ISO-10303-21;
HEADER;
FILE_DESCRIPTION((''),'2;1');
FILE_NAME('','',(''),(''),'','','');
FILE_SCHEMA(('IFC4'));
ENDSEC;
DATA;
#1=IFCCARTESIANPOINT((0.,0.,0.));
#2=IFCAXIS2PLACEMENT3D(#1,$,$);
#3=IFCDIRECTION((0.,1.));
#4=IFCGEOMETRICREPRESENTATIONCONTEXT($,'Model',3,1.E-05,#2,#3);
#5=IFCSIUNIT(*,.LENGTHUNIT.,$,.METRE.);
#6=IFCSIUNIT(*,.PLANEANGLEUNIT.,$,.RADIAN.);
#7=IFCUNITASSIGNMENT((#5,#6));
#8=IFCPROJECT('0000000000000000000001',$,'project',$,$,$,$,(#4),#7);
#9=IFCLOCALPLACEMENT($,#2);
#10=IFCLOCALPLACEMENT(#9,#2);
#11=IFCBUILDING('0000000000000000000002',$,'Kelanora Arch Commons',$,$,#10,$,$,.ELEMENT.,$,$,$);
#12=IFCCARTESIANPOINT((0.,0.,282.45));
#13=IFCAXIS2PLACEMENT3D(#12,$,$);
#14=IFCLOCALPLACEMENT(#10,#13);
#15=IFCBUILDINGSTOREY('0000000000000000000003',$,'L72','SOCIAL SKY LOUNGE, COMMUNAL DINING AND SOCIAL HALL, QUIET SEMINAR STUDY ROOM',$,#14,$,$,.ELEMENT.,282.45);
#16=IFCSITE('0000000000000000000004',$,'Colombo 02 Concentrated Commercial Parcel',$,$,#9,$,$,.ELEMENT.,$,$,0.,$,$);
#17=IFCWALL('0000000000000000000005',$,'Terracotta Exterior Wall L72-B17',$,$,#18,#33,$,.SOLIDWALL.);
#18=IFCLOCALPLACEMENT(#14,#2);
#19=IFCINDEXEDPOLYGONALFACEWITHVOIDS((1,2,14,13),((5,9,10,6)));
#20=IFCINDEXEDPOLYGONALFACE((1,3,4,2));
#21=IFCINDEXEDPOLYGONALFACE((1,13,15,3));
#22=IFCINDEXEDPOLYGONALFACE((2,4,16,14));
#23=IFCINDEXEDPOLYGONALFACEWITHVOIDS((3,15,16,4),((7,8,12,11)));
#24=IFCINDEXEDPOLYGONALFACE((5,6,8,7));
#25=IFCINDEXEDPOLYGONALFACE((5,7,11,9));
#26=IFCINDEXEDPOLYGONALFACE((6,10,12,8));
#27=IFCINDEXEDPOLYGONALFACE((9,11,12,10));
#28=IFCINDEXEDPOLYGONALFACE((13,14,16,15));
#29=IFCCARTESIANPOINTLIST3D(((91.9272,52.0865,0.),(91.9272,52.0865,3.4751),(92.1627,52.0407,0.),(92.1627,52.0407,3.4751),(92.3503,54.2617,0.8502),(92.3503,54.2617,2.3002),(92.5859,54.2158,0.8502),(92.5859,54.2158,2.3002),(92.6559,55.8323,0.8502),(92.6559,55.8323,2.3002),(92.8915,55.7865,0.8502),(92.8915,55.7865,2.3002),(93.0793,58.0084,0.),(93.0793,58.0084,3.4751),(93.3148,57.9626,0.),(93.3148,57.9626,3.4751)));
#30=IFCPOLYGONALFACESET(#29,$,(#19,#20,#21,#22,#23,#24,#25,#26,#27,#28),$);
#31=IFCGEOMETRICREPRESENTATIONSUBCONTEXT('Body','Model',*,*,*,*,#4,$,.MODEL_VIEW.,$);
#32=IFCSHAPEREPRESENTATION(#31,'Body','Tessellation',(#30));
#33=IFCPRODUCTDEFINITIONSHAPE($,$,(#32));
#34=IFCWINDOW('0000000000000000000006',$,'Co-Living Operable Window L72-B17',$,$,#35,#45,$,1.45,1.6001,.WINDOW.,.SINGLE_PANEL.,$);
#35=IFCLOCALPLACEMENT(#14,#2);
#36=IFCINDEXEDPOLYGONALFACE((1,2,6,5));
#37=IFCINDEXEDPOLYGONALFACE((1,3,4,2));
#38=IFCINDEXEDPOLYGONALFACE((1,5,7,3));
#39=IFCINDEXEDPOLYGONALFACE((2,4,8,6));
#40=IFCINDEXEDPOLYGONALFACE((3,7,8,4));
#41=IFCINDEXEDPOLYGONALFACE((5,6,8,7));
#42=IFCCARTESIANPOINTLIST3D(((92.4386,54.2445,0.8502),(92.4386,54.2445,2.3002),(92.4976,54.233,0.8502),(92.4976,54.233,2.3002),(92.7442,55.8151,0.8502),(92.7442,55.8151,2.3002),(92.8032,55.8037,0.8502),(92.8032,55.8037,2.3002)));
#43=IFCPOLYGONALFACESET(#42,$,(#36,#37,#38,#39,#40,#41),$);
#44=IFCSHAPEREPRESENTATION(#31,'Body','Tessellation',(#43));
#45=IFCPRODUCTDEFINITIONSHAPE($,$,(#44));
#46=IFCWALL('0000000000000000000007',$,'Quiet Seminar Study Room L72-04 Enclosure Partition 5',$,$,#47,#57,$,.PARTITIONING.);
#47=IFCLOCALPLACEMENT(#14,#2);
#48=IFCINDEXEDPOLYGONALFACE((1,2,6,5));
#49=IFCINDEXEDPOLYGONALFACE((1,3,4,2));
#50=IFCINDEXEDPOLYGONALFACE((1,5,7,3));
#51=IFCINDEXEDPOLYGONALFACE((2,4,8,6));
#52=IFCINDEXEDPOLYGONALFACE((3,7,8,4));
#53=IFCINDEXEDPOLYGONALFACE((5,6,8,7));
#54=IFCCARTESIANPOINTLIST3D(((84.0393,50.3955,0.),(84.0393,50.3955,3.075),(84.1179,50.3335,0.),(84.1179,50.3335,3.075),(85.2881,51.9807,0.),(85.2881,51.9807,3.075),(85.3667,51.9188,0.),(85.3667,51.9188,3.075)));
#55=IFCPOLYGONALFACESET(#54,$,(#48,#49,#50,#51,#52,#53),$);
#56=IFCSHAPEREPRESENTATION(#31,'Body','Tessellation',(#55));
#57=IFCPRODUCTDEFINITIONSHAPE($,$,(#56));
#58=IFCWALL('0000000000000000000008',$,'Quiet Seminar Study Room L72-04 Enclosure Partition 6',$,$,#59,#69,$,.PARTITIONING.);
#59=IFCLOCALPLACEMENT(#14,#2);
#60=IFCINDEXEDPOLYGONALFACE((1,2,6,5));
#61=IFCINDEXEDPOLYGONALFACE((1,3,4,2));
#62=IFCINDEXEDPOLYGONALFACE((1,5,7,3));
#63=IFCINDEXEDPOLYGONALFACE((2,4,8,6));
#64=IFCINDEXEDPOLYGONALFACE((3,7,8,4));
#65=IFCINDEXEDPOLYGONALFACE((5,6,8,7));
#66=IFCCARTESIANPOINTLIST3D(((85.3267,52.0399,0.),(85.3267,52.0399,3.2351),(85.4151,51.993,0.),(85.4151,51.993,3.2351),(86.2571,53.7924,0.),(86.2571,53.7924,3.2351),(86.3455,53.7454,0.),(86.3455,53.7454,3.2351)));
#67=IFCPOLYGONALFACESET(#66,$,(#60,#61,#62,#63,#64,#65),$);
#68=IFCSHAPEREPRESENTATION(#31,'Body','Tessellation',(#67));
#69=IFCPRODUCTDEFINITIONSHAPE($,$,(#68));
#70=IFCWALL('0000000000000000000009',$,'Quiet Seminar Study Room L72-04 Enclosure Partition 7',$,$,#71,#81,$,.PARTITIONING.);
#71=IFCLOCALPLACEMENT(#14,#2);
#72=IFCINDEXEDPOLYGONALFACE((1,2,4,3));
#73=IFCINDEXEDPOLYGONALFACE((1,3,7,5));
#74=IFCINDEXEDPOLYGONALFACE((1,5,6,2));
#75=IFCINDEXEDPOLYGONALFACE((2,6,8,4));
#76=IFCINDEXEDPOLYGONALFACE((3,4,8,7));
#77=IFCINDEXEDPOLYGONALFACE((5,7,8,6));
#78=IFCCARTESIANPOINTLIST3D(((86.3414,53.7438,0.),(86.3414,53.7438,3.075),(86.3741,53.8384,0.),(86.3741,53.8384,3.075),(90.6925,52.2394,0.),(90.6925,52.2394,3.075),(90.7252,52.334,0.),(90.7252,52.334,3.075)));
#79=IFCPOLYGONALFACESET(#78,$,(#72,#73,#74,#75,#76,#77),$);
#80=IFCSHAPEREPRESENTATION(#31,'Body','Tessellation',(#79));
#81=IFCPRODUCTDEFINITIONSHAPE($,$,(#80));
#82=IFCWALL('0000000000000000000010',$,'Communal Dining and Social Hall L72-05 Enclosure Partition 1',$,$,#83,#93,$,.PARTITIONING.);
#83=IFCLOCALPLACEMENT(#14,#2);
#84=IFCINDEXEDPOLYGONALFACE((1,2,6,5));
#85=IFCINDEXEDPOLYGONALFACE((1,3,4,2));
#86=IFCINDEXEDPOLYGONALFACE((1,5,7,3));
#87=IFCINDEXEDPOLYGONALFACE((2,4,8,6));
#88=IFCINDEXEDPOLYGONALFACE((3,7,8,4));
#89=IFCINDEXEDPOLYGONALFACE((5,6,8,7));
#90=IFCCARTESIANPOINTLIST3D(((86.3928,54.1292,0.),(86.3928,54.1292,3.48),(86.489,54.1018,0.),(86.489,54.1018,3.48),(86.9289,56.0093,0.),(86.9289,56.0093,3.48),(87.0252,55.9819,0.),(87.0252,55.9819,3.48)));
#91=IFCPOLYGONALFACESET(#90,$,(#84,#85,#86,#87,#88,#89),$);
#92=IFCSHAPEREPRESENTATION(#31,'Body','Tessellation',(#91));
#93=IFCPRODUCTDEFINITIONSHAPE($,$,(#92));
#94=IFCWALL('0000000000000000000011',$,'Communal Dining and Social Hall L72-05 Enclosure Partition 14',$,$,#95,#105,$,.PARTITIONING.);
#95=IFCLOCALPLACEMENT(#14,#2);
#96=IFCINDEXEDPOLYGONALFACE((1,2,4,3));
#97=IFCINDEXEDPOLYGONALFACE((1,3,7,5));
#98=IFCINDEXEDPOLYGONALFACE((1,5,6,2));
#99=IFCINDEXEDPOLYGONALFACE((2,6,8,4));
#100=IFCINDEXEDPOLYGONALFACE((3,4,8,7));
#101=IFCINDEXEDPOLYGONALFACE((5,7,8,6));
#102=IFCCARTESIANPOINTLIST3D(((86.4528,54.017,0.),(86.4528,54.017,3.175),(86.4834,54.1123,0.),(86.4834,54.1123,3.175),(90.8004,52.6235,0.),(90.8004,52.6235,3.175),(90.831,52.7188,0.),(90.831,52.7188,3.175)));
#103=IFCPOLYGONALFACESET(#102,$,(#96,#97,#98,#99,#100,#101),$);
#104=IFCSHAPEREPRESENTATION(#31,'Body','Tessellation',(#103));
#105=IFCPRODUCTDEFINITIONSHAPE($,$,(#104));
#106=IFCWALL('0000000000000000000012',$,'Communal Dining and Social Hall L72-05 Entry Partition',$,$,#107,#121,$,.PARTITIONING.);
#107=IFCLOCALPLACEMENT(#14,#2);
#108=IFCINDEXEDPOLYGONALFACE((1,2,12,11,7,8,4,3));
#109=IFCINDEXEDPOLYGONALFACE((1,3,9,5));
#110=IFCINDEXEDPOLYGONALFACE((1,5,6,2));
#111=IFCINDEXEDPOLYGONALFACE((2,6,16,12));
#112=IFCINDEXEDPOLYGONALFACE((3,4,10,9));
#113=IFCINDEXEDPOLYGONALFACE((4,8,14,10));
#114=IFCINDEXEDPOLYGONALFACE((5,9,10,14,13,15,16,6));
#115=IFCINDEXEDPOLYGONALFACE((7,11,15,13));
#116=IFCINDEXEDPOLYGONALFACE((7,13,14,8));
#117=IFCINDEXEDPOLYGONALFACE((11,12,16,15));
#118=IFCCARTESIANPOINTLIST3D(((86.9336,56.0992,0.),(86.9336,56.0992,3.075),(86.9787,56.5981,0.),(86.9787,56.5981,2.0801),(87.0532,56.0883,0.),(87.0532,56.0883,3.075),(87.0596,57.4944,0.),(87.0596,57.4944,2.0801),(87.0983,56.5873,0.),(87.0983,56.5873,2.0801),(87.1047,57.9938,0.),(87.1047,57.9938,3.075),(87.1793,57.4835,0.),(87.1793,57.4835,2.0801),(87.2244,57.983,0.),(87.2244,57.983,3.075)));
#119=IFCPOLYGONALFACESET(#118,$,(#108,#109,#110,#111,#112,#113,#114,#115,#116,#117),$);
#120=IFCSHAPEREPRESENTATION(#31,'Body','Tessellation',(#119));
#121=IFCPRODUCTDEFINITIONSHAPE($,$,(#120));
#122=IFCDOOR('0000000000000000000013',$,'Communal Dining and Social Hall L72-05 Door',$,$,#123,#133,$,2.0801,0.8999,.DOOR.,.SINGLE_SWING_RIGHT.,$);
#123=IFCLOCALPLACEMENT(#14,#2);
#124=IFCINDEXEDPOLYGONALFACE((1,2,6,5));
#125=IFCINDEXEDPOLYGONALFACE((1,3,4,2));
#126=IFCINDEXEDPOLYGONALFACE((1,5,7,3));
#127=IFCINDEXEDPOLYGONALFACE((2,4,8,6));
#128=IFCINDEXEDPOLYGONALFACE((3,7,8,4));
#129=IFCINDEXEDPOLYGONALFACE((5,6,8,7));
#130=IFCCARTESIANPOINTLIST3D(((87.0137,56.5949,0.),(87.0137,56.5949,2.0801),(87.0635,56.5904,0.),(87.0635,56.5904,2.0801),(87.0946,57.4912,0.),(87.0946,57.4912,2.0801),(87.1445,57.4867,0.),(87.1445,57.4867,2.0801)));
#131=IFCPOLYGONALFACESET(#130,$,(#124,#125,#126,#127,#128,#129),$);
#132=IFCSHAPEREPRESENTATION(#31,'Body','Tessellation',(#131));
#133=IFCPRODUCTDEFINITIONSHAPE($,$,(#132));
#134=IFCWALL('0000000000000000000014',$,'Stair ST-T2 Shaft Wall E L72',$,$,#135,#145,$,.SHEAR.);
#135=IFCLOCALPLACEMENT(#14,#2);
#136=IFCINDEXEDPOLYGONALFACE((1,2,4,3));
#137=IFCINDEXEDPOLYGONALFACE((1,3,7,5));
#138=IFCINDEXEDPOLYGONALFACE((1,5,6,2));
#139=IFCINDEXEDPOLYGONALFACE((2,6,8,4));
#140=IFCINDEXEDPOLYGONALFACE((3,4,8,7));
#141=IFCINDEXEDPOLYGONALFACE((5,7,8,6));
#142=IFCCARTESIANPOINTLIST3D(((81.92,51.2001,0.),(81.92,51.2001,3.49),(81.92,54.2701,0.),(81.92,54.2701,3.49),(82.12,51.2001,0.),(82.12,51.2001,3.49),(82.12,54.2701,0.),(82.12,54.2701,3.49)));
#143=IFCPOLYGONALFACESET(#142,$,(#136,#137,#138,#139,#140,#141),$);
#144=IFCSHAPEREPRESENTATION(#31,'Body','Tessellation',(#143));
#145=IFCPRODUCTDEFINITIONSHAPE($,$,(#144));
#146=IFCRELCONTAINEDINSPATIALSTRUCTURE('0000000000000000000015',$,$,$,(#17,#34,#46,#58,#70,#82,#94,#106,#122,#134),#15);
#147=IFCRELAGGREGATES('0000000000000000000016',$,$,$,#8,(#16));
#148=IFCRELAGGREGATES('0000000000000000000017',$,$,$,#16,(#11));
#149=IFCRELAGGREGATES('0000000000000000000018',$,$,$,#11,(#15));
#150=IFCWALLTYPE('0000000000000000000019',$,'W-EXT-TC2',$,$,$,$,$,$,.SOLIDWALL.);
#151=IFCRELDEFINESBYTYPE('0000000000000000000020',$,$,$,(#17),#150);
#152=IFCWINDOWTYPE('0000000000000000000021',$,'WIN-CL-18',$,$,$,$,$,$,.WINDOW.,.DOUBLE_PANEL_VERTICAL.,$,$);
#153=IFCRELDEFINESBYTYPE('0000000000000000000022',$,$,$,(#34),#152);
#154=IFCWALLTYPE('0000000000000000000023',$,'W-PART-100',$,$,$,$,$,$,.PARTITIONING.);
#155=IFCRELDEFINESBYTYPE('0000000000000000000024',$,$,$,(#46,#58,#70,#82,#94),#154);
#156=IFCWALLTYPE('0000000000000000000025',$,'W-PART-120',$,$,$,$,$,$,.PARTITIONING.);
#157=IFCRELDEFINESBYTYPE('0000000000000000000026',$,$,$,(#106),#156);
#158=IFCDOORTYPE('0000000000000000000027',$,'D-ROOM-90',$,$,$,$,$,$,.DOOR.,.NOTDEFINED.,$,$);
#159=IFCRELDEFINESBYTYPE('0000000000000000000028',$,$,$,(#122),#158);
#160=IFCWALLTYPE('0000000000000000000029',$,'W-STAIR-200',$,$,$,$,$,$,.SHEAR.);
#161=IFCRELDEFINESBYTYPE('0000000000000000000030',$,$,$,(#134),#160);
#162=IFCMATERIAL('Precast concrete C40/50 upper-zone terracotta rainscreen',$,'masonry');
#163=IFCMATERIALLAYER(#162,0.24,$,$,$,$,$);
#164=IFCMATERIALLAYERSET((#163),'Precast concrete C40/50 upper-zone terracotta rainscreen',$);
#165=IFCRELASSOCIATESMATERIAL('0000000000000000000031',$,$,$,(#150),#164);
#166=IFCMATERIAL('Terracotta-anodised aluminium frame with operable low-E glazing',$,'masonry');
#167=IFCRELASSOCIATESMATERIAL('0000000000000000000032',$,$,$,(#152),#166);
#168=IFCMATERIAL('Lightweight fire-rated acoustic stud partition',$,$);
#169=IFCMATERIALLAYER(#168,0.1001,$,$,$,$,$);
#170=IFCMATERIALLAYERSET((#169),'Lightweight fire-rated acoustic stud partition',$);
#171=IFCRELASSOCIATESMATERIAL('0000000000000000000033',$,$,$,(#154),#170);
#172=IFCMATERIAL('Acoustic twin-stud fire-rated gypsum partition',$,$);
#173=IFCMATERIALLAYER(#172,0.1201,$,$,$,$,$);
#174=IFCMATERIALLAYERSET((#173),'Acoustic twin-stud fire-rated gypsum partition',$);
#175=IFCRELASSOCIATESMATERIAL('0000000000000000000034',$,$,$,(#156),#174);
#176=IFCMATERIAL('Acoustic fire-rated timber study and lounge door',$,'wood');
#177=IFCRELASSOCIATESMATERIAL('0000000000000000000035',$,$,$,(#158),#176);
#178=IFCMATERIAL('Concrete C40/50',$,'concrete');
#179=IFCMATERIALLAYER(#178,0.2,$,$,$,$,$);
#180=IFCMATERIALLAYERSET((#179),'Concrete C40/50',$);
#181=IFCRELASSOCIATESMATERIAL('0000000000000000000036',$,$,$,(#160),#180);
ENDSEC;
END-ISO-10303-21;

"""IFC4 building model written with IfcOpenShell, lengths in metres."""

from ifc_helpers import new_model, si_unit, direction, frame, frame_2d, origin, place, context, subcontext, project, spatial, rectangle, extrude, material, layer, layer_set, type_object, element, fill, save


model = new_model("IFC4")

# Units and contexts
model_context = context("Model", 3, precision=1e-05, world=origin(), true_north=direction((0.0, 1.0)))
body_context = subcontext(model_context, "Body", "Model", "MODEL_VIEW")
ifc_project = project(units=[si_unit("LENGTHUNIT", "METRE"), si_unit("PLANEANGLEUNIT", "RADIAN")], contexts=[model_context])

# Site, building, storey
site_placement = place(None, origin())
site = spatial("IfcSite", under=ifc_project, at=site_placement, Name="Colombo 02 Concentrated Commercial Parcel", CompositionType="ELEMENT", RefElevation=0.0)
building_placement = place(site_placement, origin())
building = spatial("IfcBuilding", under=site, at=building_placement, Name="Kelanora Arch Commons", CompositionType="ELEMENT")
storey_placement = place(building_placement, frame((0.0, 0.0, 282.45)))
storey = spatial("IfcBuildingStorey", under=building, at=storey_placement, Name="L72", Description="SOCIAL SKY LOUNGE, COMMUNAL DINING AND SOCIAL HALL, QUIET SEMINAR STUDY ROOM", CompositionType="ELEMENT", Elevation=282.45)

# Wall, opening, window
ifc_material_1 = material(Name="Precast concrete C40/50 upper-zone terracotta rainscreen", Category="masonry")
ifc_layer_1 = layer(ifc_material_1, 0.24)
ifc_layer_set_1 = layer_set([ifc_layer_1], Name="Precast concrete C40/50 upper-zone terracotta rainscreen")
wall_type_1 = type_object("IfcWallType", Name="W-EXT-TC2", PredefinedType="SOLIDWALL", material=ifc_layer_set_1)
wall_1_placement = place(storey_placement, frame((92.0449, 52.0635, 0.0), z_axis=(0.0, 0.0, 1.0), x_axis=(0.190969, 0.981596, 0.0)))
wall_1 = element("IfcWall", 1, at=wall_1_placement, inside=storey, type_object=wall_type_1, Name="Terracotta Exterior Wall L72-B17", PredefinedType="SOLIDWALL", context=body_context, shape_type="SweptSolid", body=[
    extrude(rectangle(XDim=6.033, YDim=0.24, at=frame_2d((3.0166, 0.0))), origin(), (0.0, 0.0, 1.0), 3.4751),
])
opening_1_placement = place(wall_1_placement, frame((2.2161, 0.0, 0.8501)))
opening_1 = element("IfcOpeningElement", 2, at=opening_1_placement, cuts=wall_1, PredefinedType="OPENING", context=body_context, shape_type="SweptSolid", body=[
    extrude(rectangle(XDim=1.6001, YDim=1.45, at=frame_2d((0.8, 0.7251))), frame((0.0, 0.1299, 0.0), z_axis=(0.0, -1.0, 0.0), x_axis=(1.0, 0.0, 0.0)), (0.0, 0.0, 1.0), 0.26),
])
ifc_material_2 = material(Name="Terracotta-anodised aluminium frame with operable low-E glazing", Category="masonry")
window_type = type_object("IfcWindowType", Name="WIN-CL-18", PartitioningType="DOUBLE_PANEL_VERTICAL", PredefinedType="WINDOW", material=ifc_material_2)
window_placement = place(opening_1_placement, origin())
window = element("IfcWindow", 3, at=window_placement, inside=storey, type_object=window_type, Name="Co-Living Operable Window L72-B17", OverallHeight=1.45, OverallWidth=1.6001, PartitioningType="SINGLE_PANEL", PredefinedType="WINDOW", context=body_context, shape_type="SweptSolid", body=[
    extrude(rectangle(XDim=1.6001, YDim=1.45, at=frame_2d((0.8, 0.7251))), frame((0.0, 0.03, 0.0), z_axis=(0.0, -1.0, 0.0), x_axis=(1.0, 0.0, 0.0)), (0.0, 0.0, 1.0), 0.0601),
])
fill(opening_1, window)

# Walls
ifc_material_3 = material(Name="Lightweight fire-rated acoustic stud partition")
ifc_layer_2 = layer(ifc_material_3, 0.1001)
ifc_layer_set_2 = layer_set([ifc_layer_2], Name="Lightweight fire-rated acoustic stud partition")
wall_type_2 = type_object("IfcWallType", Name="W-PART-100", PredefinedType="PARTITIONING", material=ifc_layer_set_2)
wall_2_placement = place(storey_placement, frame((84.0786, 50.3645, 0.0), z_axis=(0.0, 0.0, 1.0), x_axis=(0.61882, 0.785533, 0.0)))
element("IfcWall", 4, at=wall_2_placement, inside=storey, type_object=wall_type_2, Name="Quiet Seminar Study Room L72-04 Enclosure Partition 5", PredefinedType="PARTITIONING", context=body_context, shape_type="SweptSolid", body=[
    extrude(rectangle(XDim=2.0181, YDim=0.1001, at=frame_2d((1.009, 0.0))), origin(), (0.0, 0.0, 1.0), 3.075),
])
wall_3_placement = place(storey_placement, frame((85.3708, 52.0164, 0.0), z_axis=(0.0, 0.0, 1.0), x_axis=(0.468933, 0.883234, 0.0)))
element("IfcWall", 5, at=wall_3_placement, inside=storey, type_object=wall_type_2, Name="Quiet Seminar Study Room L72-04 Enclosure Partition 6", PredefinedType="PARTITIONING", context=body_context, shape_type="SweptSolid", body=[
    extrude(rectangle(XDim=1.9841, YDim=0.1001, at=frame_2d((0.9922, 0.0))), origin(), (0.0, 0.0, 1.0), 3.2351),
])
wall_4_placement = place(storey_placement, frame((86.3579, 53.791, 0.0), z_axis=(0.0, 0.0, 1.0), x_axis=(0.945103, -0.326772, 0.0)))
element("IfcWall", 6, at=wall_4_placement, inside=storey, type_object=wall_type_2, Name="Quiet Seminar Study Room L72-04 Enclosure Partition 7", PredefinedType="PARTITIONING", context=body_context, shape_type="SweptSolid", body=[
    extrude(rectangle(XDim=4.6038, YDim=0.1001, at=frame_2d((2.3018, 0.0))), origin(), (0.0, 0.0, 1.0), 3.075),
])
wall_5_placement = place(storey_placement, frame((86.4409, 54.1155, 0.0), z_axis=(0.0, 0.0, 1.0), x_axis=(0.274226, 0.961665, 0.0)))
element("IfcWall", 7, at=wall_5_placement, inside=storey, type_object=wall_type_2, Name="Communal Dining and Social Hall L72-05 Enclosure Partition 1", PredefinedType="PARTITIONING", context=body_context, shape_type="SweptSolid", body=[
    extrude(rectangle(XDim=1.9551, YDim=0.1001, at=frame_2d((0.9775, 0.0))), origin(), (0.0, 0.0, 1.0), 3.48),
])
wall_6_placement = place(storey_placement, frame((90.8157, 52.6711, 0.0), z_axis=(0.0, 0.0, 1.0), x_axis=(-0.952278, 0.305234, 0.0)))
element("IfcWall", 8, at=wall_6_placement, inside=storey, type_object=wall_type_2, Name="Communal Dining and Social Hall L72-05 Enclosure Partition 14", PredefinedType="PARTITIONING", context=body_context, shape_type="SweptSolid", body=[
    extrude(rectangle(XDim=4.5654, YDim=0.1001, at=frame_2d((2.2827, 0.0))), origin(), (0.0, 0.0, 1.0), 3.175),
])

# Wall, opening, door
ifc_material_4 = material(Name="Acoustic twin-stud fire-rated gypsum partition")
ifc_layer_3 = layer(ifc_material_4, 0.1201)
ifc_layer_set_3 = layer_set([ifc_layer_3], Name="Acoustic twin-stud fire-rated gypsum partition")
wall_type_3 = type_object("IfcWallType", Name="W-PART-120", PredefinedType="PARTITIONING", material=ifc_layer_set_3)
wall_7_placement = place(storey_placement, frame((86.9934, 56.0938, 0.0), z_axis=(0.0, 0.0, 1.0), x_axis=(0.089969, 0.995945, 0.0)))
wall_7 = element("IfcWall", 9, at=wall_7_placement, inside=storey, type_object=wall_type_3, Name="Communal Dining and Social Hall L72-05 Entry Partition", PredefinedType="PARTITIONING", context=body_context, shape_type="SweptSolid", body=[
    extrude(rectangle(XDim=1.9023, YDim=0.1201, at=frame_2d((0.9512, 0.0))), origin(), (0.0, 0.0, 1.0), 3.075),
])
opening_2_placement = place(wall_7_placement, frame((0.501, 0.0, 0.0)))
opening_2 = element("IfcOpeningElement", 10, at=opening_2_placement, cuts=wall_7, PredefinedType="OPENING", context=body_context, shape_type="SweptSolid", body=[
    extrude(rectangle(XDim=0.8999, YDim=2.0801, at=frame_2d((0.45, 1.04))), frame((0.0, 0.0701, 0.0), z_axis=(0.0, -1.0, 0.0), x_axis=(1.0, 0.0, 0.0)), (0.0, 0.0, 1.0), 0.1401),
])
ifc_material_5 = material(Name="Acoustic fire-rated timber study and lounge door", Category="wood")
door_type_1 = type_object("IfcDoorType", Name="D-ROOM-90", OperationType="NOTDEFINED", PredefinedType="DOOR", material=ifc_material_5)
door_1_placement = place(opening_2_placement, origin())
door_1 = element("IfcDoor", 11, at=door_1_placement, inside=storey, type_object=door_type_1, Name="Communal Dining and Social Hall L72-05 Door", OperationType="SINGLE_SWING_RIGHT", OverallHeight=2.0801, OverallWidth=0.8999, PredefinedType="DOOR", context=body_context, shape_type="SweptSolid", body=[
    extrude(rectangle(XDim=0.8999, YDim=2.0801, at=frame_2d((0.45, 1.04))), frame((0.0, 0.0249, 0.0), z_axis=(0.0, -1.0, 0.0), x_axis=(1.0, 0.0, 0.0)), (0.0, 0.0, 1.0), 0.05),
])
fill(opening_2, door_1)

# Wall
ifc_material_6 = material(Name="Concrete C40/50", Category="concrete")
ifc_layer_4 = layer(ifc_material_6, 0.2)
ifc_layer_set_4 = layer_set([ifc_layer_4], Name="Concrete C40/50")
wall_type_4 = type_object("IfcWallType", Name="W-STAIR-200", PredefinedType="SHEAR", material=ifc_layer_set_4)
wall_8_placement = place(storey_placement, frame((82.02, 51.2, 0.0), z_axis=(0.0, 0.0, 1.0), x_axis=(0.0, 1.0, 0.0)))
element("IfcWall", 12, at=wall_8_placement, inside=storey, type_object=wall_type_4, Name="Stair ST-T2 Shaft Wall E L72", PredefinedType="SHEAR", context=body_context, shape_type="SweptSolid", body=[
    extrude(rectangle(XDim=3.0701, YDim=0.2, at=frame_2d((1.5352, 0.0))), origin(), (0.0, 0.0, 1.0), 3.49),
])

save(model, "model.ifc")
